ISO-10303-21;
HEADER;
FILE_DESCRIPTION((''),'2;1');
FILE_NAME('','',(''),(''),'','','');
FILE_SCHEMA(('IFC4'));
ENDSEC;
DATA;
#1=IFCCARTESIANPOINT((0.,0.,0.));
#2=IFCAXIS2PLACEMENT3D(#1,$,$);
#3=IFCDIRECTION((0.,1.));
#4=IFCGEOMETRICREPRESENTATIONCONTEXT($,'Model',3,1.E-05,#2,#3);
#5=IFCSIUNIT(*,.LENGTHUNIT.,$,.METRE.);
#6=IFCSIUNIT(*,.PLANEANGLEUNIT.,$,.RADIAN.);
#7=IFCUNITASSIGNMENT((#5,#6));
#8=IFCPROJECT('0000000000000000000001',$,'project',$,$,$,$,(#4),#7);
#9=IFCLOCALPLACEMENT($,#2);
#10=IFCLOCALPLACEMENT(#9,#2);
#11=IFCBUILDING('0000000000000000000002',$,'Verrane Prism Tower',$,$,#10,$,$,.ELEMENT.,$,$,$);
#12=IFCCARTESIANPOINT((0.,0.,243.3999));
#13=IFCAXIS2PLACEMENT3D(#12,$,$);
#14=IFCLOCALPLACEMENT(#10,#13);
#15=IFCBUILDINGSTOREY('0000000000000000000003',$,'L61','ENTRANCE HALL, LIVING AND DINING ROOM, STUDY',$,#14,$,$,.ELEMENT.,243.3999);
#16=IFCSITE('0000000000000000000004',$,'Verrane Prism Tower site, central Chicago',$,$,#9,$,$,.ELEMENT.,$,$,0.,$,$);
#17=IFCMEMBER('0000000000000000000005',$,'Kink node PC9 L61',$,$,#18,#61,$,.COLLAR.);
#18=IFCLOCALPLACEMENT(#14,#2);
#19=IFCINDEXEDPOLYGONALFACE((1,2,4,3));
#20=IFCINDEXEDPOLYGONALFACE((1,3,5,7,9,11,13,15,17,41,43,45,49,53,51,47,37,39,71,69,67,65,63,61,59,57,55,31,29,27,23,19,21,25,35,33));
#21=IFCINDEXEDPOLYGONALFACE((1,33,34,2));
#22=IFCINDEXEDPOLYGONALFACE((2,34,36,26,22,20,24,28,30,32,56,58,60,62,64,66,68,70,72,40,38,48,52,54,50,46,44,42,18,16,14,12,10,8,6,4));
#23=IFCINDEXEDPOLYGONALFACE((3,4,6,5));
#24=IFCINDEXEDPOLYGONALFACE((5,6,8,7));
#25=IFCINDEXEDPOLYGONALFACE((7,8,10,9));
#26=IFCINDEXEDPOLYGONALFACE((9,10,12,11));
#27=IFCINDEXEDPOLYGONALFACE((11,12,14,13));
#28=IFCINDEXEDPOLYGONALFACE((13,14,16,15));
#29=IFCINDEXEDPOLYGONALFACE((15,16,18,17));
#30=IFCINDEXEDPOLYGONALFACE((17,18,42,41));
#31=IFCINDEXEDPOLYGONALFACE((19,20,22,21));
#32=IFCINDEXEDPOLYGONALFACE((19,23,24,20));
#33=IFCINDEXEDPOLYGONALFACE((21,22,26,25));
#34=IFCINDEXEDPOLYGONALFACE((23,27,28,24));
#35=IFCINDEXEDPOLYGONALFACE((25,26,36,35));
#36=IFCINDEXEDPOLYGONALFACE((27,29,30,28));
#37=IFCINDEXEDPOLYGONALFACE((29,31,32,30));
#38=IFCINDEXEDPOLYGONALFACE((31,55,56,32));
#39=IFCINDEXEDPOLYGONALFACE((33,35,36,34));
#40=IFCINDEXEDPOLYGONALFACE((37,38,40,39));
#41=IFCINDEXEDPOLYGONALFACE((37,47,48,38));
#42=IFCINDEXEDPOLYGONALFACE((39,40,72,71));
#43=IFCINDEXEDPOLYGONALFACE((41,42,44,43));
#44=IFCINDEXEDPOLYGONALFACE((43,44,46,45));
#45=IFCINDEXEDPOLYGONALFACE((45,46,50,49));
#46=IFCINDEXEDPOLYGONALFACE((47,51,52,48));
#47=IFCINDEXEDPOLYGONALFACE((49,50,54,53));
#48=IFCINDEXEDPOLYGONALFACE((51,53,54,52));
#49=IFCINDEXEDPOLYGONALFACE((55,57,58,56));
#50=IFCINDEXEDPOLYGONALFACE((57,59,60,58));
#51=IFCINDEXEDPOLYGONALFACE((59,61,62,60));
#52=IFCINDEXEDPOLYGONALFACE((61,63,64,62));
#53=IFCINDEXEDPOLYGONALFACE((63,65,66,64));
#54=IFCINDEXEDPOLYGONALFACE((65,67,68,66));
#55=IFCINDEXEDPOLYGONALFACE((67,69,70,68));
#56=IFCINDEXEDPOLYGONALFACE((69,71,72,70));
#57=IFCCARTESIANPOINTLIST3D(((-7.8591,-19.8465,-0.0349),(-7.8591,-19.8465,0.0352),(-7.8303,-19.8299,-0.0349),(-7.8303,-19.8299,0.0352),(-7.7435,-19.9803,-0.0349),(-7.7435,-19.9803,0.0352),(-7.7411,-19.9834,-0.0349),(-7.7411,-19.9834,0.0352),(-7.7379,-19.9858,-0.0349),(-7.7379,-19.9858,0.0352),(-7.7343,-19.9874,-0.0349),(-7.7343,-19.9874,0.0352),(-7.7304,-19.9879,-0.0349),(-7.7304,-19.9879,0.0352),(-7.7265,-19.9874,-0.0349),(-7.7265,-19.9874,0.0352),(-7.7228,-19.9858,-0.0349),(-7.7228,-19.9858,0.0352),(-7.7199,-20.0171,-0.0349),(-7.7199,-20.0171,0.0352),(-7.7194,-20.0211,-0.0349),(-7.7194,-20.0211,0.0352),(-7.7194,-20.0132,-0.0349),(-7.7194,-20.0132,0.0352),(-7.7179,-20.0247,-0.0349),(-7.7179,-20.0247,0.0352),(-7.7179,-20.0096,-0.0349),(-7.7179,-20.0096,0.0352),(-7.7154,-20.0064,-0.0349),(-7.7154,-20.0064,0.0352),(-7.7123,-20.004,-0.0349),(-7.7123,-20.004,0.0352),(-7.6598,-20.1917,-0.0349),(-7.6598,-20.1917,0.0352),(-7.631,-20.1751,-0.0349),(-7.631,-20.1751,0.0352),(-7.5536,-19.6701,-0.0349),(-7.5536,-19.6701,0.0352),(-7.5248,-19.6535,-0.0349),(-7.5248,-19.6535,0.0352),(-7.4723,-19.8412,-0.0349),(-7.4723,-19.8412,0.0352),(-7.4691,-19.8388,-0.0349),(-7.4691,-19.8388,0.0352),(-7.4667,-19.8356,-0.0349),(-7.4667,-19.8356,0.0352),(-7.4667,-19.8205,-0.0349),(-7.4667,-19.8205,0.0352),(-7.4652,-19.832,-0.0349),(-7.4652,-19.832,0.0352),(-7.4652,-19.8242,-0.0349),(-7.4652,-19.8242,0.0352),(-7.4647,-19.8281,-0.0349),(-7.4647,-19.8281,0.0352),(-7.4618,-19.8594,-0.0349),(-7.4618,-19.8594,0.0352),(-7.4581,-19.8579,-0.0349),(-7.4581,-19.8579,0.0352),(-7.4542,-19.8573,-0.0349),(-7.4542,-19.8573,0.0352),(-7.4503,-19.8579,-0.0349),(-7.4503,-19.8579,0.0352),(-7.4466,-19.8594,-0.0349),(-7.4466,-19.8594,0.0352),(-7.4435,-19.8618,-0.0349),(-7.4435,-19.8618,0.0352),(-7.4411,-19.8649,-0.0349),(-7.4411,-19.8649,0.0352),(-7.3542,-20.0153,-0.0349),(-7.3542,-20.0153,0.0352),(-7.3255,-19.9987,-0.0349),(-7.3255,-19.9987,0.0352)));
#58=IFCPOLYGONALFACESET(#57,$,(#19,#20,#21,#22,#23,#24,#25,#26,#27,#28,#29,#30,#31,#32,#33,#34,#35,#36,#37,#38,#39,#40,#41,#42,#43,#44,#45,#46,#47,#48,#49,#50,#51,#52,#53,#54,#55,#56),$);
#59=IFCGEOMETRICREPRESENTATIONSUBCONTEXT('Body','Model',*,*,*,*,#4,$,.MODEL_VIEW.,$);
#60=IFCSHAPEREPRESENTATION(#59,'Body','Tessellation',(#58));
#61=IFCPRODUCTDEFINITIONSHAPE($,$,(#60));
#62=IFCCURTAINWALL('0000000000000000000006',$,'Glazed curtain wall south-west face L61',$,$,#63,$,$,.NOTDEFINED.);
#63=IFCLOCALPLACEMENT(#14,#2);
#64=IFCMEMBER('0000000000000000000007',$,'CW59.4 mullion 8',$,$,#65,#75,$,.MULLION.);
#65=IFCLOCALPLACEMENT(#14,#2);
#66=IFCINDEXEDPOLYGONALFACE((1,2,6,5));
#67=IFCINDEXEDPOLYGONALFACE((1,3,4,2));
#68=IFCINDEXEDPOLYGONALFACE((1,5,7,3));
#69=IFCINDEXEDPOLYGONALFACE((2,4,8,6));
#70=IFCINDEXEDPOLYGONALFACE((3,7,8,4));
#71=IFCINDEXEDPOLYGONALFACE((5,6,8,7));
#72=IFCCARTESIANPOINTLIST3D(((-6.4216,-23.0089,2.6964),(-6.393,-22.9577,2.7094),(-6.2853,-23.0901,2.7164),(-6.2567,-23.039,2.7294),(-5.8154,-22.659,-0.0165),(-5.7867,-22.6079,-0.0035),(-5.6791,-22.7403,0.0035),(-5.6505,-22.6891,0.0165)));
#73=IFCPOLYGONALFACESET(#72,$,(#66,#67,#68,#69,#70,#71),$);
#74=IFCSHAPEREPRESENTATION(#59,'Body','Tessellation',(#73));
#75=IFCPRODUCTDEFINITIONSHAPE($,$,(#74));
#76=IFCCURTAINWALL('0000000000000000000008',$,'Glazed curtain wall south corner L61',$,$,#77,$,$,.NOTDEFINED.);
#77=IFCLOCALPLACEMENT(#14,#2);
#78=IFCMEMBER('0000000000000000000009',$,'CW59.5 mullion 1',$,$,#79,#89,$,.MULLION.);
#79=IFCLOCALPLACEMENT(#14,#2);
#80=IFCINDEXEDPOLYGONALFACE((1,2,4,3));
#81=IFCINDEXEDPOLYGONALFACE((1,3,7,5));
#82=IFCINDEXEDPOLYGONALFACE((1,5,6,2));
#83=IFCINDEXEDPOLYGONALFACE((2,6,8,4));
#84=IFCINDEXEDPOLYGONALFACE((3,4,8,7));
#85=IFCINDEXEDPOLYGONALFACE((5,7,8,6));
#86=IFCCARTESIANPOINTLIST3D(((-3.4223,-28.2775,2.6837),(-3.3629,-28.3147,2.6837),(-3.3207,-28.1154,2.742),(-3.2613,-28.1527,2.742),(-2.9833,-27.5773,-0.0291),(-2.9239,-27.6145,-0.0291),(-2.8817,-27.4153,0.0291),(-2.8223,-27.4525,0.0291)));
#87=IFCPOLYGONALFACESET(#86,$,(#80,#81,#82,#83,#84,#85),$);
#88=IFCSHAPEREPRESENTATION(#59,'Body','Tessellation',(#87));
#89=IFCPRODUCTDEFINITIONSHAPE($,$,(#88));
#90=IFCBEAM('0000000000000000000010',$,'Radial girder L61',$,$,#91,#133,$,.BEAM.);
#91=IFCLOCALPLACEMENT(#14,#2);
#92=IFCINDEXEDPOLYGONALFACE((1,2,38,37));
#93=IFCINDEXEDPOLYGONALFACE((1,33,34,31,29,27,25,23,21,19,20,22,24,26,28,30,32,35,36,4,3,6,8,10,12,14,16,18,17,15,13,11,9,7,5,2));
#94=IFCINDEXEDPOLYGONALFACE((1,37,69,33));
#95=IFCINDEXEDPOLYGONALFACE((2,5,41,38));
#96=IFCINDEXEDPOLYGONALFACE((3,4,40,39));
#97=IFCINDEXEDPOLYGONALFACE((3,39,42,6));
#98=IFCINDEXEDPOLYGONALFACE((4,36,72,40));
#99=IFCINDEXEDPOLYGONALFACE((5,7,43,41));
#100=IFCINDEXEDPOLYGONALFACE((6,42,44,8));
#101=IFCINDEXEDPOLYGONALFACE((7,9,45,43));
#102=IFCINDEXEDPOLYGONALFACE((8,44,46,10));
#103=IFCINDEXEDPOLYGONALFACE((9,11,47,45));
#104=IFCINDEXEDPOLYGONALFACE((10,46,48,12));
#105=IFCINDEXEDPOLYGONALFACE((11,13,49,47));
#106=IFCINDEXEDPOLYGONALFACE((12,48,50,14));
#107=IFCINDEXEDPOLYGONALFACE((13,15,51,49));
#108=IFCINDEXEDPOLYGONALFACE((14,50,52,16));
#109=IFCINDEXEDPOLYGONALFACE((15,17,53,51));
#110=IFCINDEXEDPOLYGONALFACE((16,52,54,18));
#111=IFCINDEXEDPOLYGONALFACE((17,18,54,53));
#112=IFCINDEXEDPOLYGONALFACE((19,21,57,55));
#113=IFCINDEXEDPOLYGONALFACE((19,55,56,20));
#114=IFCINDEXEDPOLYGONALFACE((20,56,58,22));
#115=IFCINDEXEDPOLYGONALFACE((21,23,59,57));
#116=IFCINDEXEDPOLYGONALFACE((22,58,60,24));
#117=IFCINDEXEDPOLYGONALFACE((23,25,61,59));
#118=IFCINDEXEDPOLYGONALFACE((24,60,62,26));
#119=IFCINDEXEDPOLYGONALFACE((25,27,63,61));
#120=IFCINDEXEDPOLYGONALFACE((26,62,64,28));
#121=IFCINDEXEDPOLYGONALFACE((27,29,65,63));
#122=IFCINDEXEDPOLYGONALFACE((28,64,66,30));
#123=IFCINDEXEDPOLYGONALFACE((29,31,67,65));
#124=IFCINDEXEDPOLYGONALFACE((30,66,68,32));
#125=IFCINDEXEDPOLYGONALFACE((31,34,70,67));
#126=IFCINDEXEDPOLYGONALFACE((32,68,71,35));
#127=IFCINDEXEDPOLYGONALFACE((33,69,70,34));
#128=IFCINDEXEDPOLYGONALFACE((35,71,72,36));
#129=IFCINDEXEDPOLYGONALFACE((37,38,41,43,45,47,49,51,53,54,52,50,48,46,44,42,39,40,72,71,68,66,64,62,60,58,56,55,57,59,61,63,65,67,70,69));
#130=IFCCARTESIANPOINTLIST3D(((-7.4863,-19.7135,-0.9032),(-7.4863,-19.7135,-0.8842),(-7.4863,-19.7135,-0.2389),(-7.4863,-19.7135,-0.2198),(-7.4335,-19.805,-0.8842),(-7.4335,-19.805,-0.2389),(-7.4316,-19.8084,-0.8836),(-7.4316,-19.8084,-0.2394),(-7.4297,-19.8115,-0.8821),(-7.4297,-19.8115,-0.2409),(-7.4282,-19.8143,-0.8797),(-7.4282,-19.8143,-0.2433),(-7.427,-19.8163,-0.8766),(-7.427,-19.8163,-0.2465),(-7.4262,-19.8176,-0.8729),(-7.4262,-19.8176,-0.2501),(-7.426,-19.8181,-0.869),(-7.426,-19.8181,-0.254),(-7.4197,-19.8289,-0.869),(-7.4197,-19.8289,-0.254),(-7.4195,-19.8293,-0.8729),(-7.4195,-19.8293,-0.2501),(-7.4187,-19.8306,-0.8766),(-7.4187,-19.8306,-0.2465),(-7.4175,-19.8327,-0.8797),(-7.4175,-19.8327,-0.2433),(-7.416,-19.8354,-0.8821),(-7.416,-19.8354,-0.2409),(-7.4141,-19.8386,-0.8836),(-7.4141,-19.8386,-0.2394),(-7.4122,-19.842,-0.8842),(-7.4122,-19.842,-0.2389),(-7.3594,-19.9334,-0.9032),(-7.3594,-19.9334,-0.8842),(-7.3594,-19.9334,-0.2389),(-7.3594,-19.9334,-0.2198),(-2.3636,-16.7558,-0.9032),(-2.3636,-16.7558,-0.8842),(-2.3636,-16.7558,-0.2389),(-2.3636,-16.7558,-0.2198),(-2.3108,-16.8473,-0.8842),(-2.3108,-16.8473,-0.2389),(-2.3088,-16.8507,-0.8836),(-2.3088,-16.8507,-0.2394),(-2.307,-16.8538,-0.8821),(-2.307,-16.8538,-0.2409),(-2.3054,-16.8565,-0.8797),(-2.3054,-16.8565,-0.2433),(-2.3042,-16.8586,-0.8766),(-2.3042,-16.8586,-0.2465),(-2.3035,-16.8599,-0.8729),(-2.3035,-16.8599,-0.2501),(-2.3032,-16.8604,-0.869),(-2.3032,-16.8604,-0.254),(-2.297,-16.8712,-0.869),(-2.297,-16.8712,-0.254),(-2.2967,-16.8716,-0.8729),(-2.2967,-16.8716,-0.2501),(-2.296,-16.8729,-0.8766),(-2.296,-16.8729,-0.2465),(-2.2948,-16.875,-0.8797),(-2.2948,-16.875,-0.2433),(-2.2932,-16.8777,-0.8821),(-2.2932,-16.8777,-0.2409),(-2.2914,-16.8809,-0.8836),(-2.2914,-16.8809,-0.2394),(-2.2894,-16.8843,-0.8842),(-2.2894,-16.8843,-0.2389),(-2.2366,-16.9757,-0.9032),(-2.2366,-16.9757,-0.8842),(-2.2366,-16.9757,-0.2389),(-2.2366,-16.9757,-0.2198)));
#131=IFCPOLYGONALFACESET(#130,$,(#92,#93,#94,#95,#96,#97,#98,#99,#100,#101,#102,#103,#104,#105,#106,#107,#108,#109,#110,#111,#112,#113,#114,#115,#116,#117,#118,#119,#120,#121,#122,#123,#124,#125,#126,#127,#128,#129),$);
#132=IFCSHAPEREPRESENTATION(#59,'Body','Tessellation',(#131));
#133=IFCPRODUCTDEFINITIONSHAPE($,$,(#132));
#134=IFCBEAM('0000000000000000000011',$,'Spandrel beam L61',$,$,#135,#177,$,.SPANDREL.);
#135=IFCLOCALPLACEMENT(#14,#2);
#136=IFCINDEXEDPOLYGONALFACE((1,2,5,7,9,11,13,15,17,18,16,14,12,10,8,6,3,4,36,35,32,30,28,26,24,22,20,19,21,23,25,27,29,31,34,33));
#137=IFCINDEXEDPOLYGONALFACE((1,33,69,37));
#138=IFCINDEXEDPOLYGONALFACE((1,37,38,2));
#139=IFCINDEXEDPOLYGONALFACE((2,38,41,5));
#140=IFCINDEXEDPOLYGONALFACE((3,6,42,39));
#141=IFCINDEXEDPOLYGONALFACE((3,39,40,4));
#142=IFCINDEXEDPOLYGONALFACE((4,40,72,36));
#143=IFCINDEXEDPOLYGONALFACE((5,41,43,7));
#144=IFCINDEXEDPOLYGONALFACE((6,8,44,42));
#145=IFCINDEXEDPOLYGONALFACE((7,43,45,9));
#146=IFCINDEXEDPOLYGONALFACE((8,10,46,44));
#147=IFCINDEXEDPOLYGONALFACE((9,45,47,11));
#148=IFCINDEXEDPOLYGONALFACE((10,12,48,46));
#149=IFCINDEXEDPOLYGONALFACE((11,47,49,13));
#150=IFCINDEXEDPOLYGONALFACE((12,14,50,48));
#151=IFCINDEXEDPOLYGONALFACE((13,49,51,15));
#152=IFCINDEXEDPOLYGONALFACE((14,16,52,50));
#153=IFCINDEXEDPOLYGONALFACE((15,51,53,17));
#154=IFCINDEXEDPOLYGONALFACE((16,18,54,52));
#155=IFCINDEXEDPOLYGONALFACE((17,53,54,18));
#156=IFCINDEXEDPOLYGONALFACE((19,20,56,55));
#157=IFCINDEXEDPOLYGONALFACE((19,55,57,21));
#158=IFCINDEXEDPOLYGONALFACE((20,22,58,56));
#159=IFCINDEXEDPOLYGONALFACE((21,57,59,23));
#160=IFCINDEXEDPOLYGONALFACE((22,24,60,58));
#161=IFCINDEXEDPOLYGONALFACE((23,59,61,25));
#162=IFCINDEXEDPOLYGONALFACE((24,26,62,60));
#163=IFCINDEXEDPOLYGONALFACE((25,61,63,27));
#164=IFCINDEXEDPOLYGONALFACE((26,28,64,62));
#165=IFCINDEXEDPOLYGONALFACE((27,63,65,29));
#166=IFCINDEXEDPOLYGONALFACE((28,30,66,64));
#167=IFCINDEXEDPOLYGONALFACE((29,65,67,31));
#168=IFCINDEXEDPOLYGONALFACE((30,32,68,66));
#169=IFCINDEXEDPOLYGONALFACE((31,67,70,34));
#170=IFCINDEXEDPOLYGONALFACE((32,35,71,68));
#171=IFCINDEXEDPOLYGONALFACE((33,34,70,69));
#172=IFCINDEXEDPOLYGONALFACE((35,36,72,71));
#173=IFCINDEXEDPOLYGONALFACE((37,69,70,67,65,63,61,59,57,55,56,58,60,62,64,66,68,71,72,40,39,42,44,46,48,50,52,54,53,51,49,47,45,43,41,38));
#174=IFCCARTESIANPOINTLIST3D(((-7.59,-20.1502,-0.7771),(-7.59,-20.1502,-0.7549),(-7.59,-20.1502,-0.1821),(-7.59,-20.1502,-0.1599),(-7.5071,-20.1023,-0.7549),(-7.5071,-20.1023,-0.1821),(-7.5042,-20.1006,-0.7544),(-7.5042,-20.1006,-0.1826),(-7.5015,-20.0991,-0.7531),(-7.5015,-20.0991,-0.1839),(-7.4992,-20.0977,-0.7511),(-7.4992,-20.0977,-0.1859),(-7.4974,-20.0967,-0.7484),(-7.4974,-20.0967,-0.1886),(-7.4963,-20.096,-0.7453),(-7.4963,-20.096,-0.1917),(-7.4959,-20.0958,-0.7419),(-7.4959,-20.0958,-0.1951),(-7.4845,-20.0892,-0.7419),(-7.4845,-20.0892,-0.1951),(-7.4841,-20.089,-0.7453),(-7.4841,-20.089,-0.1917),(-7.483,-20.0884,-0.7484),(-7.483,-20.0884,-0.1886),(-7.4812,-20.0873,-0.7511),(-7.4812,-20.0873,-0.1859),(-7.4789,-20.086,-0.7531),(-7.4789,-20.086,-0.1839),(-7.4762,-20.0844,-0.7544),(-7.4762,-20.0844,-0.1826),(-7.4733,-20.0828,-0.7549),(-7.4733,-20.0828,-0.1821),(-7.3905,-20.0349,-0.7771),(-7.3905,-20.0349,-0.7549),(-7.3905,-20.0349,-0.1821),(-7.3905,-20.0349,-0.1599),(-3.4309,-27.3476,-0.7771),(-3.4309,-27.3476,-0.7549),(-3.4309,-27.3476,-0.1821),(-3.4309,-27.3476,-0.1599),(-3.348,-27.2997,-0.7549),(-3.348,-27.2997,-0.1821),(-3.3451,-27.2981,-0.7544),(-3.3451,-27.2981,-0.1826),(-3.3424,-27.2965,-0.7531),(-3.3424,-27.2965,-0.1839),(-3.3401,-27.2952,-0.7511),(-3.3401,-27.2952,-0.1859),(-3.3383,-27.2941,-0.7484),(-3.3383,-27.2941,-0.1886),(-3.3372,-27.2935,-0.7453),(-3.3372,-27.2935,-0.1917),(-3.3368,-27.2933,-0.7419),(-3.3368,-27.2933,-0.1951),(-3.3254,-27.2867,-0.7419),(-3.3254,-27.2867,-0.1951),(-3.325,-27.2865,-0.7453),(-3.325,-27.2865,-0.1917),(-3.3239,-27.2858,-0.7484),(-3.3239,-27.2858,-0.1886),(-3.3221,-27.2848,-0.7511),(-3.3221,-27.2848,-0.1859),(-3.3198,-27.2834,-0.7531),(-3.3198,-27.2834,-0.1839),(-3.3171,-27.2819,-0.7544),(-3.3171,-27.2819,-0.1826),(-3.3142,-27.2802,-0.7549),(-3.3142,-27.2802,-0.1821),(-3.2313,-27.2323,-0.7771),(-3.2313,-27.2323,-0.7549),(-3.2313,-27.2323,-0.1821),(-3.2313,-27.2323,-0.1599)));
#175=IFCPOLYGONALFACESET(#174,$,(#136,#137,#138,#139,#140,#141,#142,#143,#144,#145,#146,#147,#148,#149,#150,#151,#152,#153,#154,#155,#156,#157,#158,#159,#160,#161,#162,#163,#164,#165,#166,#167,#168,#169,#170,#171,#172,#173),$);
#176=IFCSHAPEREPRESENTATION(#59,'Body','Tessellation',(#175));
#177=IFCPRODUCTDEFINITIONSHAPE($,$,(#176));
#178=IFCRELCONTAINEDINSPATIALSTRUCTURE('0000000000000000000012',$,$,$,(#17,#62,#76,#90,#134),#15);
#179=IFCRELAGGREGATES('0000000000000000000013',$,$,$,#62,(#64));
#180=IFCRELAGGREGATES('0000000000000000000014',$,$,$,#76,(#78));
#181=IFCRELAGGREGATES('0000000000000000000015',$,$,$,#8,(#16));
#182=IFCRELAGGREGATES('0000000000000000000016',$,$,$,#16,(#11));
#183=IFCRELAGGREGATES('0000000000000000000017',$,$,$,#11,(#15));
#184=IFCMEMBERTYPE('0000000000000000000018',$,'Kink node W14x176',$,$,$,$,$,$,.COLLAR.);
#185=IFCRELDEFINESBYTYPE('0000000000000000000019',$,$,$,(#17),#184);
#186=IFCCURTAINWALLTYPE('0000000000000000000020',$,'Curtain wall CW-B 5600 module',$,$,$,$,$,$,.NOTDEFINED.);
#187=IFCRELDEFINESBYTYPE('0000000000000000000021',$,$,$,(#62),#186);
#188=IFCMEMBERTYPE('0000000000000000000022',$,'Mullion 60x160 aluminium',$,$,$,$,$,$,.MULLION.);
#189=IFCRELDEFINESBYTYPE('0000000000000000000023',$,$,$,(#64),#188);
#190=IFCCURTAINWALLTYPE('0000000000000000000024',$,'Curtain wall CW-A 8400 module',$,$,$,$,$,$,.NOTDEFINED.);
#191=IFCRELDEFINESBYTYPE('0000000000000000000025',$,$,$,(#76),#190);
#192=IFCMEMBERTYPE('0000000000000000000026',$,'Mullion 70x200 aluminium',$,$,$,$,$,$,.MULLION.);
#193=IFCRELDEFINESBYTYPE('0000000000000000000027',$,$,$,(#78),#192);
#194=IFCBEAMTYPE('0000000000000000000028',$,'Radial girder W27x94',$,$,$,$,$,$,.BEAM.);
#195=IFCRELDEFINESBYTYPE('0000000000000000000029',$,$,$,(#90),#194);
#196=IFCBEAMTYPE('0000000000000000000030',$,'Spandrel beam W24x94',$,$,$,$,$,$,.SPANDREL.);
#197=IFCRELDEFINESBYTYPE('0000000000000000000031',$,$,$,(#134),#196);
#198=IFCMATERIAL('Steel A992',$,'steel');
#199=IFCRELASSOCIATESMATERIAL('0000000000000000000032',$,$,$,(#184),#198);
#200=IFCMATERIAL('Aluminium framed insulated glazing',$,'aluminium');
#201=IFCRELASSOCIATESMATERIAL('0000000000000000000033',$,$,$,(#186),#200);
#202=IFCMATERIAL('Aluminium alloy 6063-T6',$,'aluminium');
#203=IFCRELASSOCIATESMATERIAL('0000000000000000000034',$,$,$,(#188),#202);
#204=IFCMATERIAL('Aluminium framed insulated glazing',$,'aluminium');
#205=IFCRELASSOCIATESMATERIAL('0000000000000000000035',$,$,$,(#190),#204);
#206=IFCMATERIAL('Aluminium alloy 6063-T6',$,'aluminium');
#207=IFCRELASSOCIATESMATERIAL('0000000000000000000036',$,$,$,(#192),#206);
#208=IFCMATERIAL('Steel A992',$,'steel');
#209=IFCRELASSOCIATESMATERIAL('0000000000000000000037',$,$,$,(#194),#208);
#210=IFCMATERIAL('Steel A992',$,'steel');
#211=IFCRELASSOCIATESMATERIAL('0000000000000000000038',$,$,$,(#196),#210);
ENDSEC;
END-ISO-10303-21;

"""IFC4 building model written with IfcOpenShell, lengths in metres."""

from ifc_helpers import new_model, si_unit, direction, frame, origin, origin_2d, place, context, subcontext, project, spatial, rectangle, i_section, extrude, material, material_profile, profile_set, type_object, element, aggregate, save


model = new_model("IFC4")

# Units and contexts
model_context = context("Model", 3, precision=1e-05, world=origin(), true_north=direction((0.0, 1.0)))
body_context = subcontext(model_context, "Body", "Model", "MODEL_VIEW")
ifc_project = project(units=[si_unit("LENGTHUNIT", "METRE"), si_unit("PLANEANGLEUNIT", "RADIAN")], contexts=[model_context])

# Site, building, storey
site_placement = place(None, origin())
site = spatial("IfcSite", under=ifc_project, at=site_placement, Name="Verrane Prism Tower site, central Chicago", CompositionType="ELEMENT", RefElevation=0.0)
building_placement = place(site_placement, origin())
building = spatial("IfcBuilding", under=site, at=building_placement, Name="Verrane Prism Tower", CompositionType="ELEMENT")
storey_placement = place(building_placement, frame((0.0, 0.0, 243.3999)))
storey = spatial("IfcBuildingStorey", under=building, at=storey_placement, Name="L61", Description="ENTRANCE HALL, LIVING AND DINING ROOM, STUDY", CompositionType="ELEMENT", Elevation=243.3999)

# Member
ifc_material_1 = material(Name="Steel A992", Category="steel")
ifc_material_profile_1 = material_profile(ifc_material_1, i_section(OverallWidth=0.3987, OverallDepth=0.386, WebThickness=0.021, FlangeThickness=0.0332, FilletRadius=0.0151, at=origin_2d()), Name="W14x176")
ifc_profile_set_1 = profile_set([ifc_material_profile_1], Name="Steel A992")
member_type_1 = type_object("IfcMemberType", Name="Kink node W14x176", PredefinedType="COLLAR", material=ifc_profile_set_1)
member_1_placement = place(storey_placement, frame((-7.5923, -19.9226, -0.0349), z_axis=(0.0, 0.0, 1.0), x_axis=(-0.5, 0.866025, 0.0)))
element("IfcMember", 1, at=member_1_placement, inside=storey, type_object=member_type_1, Name="Kink node PC9 L61", PredefinedType="COLLAR", context=body_context, shape_type="SweptSolid", body=[
    extrude(i_section(OverallWidth=0.3987, OverallDepth=0.386, WebThickness=0.021, FlangeThickness=0.0332, FilletRadius=0.0151, at=origin_2d()), origin(), (0.0, 0.0, 1.0), 0.0701),
])

# Curtain walls, members
ifc_material_2 = material(Name="Aluminium framed insulated glazing", Category="aluminium")
curtain_wall_type_1 = type_object("IfcCurtainWallType", Name="Curtain wall CW-B 5600 module", PredefinedType="NOTDEFINED", material=ifc_material_2)
curtain_wall_1_placement = place(storey_placement, origin())
curtain_wall_1 = element("IfcCurtainWall", 2, at=curtain_wall_1_placement, inside=storey, type_object=curtain_wall_type_1, Name="Glazed curtain wall south-west face L61", PredefinedType="NOTDEFINED")
ifc_material_3 = material(Name="Aluminium alloy 6063-T6", Category="aluminium")
ifc_material_profile_2 = material_profile(ifc_material_3, rectangle(XDim=0.1599, YDim=0.0601, at=origin_2d()), Name="Mullion 60x160 aluminium")
ifc_profile_set_2 = profile_set([ifc_material_profile_2], Name="Aluminium alloy 6063-T6")
member_type_2 = type_object("IfcMemberType", Name="Mullion 60x160 aluminium", PredefinedType="MULLION", material=ifc_profile_set_2)
member_2_placement = place(storey_placement, frame((-5.7329, -22.6741, 0.0), z_axis=(-0.216367, -0.124871, 0.968294), x_axis=(0.85221, -0.508072, 0.124907)))
member_2 = element("IfcMember", 3, at=member_2_placement, type_object=member_type_2, Name="CW59.4 mullion 8", PredefinedType="MULLION", context=body_context, shape_type="SweptSolid", body=[
    extrude(rectangle(XDim=0.1599, YDim=0.0601, at=origin_2d()), origin(), (0.0, 0.0, 1.0), 2.8018),
])
ifc_material_4 = material(Name="Aluminium framed insulated glazing", Category="aluminium")
curtain_wall_type_2 = type_object("IfcCurtainWallType", Name="Curtain wall CW-A 8400 module", PredefinedType="NOTDEFINED", material=ifc_material_4)
curtain_wall_2_placement = place(storey_placement, origin())
curtain_wall_2 = element("IfcCurtainWall", 4, at=curtain_wall_2_placement, inside=storey, type_object=curtain_wall_type_2, Name="Glazed curtain wall south corner L61", PredefinedType="NOTDEFINED")
ifc_material_5 = material(Name="Aluminium alloy 6063-T6", Category="aluminium")
ifc_material_profile_3 = material_profile(ifc_material_5, rectangle(XDim=0.2, YDim=0.0701, at=origin_2d()), Name="Mullion 70x200 aluminium")
ifc_profile_set_3 = profile_set([ifc_material_profile_3], Name="Aluminium alloy 6063-T6")
member_type_3 = type_object("IfcMemberType", Name="Mullion 70x200 aluminium", PredefinedType="MULLION", material=ifc_profile_set_3)
member_3_placement = place(storey_placement, frame((-2.9028, -27.5149, 0.0), z_axis=(-0.154785, -0.246898, 0.9566), x_axis=(0.508114, 0.810496, 0.291405)))
member_3 = element("IfcMember", 5, at=member_3_placement, type_object=member_type_3, Name="CW59.5 mullion 1", PredefinedType="MULLION", context=body_context, shape_type="SweptSolid", body=[
    extrude(rectangle(XDim=0.2, YDim=0.0701, at=origin_2d()), origin(), (0.0, 0.0, 1.0), 2.8359),
])

# Beams
ifc_material_6 = material(Name="Steel A992", Category="steel")
ifc_material_profile_4 = material_profile(ifc_material_6, i_section(OverallWidth=0.2539, OverallDepth=0.6833, WebThickness=0.0125, FlangeThickness=0.019, FilletRadius=0.0151, at=origin_2d()), Name="W27x94")
ifc_profile_set_4 = profile_set([ifc_material_profile_4], Name="Steel A992")
beam_type_1 = type_object("IfcBeamType", Name="Radial girder W27x94", PredefinedType="BEAM", material=ifc_profile_set_4)
beam_1_placement = place(storey_placement, frame((-7.4229, -19.8235, -0.5615), z_axis=(0.866017, 0.500014, 0.0), x_axis=(-0.500014, 0.866017, 0.0)))
element("IfcBeam", 6, at=beam_1_placement, inside=storey, type_object=beam_type_1, Name="Radial girder L61", PredefinedType="BEAM", context=body_context, shape_type="SweptSolid", body=[
    extrude(i_section(OverallWidth=0.2539, OverallDepth=0.6833, WebThickness=0.0125, FlangeThickness=0.019, FilletRadius=0.0151, at=origin_2d()), origin(), (0.0, 0.0, 1.0), 5.9153),
])
ifc_material_7 = material(Name="Steel A992", Category="steel")
ifc_material_profile_5 = material_profile(ifc_material_7, i_section(OverallWidth=0.2305, OverallDepth=0.6172, WebThickness=0.0132, FlangeThickness=0.0222, FilletRadius=0.0129, at=origin_2d()), Name="W24x94")
ifc_profile_set_5 = profile_set([ifc_material_profile_5], Name="Steel A992")
beam_type_2 = type_object("IfcBeamType", Name="Spandrel beam W24x94", PredefinedType="SPANDREL", material=ifc_profile_set_5)
beam_2_placement = place(storey_placement, frame((-7.4902, -20.0925, -0.4685), z_axis=(0.500333, -0.865833, 0.0), x_axis=(0.865833, 0.500333, 0.0)))
element("IfcBeam", 7, at=beam_2_placement, inside=storey, type_object=beam_type_2, Name="Spandrel beam L61", PredefinedType="SPANDREL", context=body_context, shape_type="SweptSolid", body=[
    extrude(i_section(OverallWidth=0.2305, OverallDepth=0.6172, WebThickness=0.0132, FlangeThickness=0.0222, FilletRadius=0.0129, at=origin_2d()), origin(), (0.0, 0.0, 1.0), 8.3127),
])

aggregate(curtain_wall_1, [member_2])
aggregate(curtain_wall_2, [member_3])

save(model, "model.ifc")
